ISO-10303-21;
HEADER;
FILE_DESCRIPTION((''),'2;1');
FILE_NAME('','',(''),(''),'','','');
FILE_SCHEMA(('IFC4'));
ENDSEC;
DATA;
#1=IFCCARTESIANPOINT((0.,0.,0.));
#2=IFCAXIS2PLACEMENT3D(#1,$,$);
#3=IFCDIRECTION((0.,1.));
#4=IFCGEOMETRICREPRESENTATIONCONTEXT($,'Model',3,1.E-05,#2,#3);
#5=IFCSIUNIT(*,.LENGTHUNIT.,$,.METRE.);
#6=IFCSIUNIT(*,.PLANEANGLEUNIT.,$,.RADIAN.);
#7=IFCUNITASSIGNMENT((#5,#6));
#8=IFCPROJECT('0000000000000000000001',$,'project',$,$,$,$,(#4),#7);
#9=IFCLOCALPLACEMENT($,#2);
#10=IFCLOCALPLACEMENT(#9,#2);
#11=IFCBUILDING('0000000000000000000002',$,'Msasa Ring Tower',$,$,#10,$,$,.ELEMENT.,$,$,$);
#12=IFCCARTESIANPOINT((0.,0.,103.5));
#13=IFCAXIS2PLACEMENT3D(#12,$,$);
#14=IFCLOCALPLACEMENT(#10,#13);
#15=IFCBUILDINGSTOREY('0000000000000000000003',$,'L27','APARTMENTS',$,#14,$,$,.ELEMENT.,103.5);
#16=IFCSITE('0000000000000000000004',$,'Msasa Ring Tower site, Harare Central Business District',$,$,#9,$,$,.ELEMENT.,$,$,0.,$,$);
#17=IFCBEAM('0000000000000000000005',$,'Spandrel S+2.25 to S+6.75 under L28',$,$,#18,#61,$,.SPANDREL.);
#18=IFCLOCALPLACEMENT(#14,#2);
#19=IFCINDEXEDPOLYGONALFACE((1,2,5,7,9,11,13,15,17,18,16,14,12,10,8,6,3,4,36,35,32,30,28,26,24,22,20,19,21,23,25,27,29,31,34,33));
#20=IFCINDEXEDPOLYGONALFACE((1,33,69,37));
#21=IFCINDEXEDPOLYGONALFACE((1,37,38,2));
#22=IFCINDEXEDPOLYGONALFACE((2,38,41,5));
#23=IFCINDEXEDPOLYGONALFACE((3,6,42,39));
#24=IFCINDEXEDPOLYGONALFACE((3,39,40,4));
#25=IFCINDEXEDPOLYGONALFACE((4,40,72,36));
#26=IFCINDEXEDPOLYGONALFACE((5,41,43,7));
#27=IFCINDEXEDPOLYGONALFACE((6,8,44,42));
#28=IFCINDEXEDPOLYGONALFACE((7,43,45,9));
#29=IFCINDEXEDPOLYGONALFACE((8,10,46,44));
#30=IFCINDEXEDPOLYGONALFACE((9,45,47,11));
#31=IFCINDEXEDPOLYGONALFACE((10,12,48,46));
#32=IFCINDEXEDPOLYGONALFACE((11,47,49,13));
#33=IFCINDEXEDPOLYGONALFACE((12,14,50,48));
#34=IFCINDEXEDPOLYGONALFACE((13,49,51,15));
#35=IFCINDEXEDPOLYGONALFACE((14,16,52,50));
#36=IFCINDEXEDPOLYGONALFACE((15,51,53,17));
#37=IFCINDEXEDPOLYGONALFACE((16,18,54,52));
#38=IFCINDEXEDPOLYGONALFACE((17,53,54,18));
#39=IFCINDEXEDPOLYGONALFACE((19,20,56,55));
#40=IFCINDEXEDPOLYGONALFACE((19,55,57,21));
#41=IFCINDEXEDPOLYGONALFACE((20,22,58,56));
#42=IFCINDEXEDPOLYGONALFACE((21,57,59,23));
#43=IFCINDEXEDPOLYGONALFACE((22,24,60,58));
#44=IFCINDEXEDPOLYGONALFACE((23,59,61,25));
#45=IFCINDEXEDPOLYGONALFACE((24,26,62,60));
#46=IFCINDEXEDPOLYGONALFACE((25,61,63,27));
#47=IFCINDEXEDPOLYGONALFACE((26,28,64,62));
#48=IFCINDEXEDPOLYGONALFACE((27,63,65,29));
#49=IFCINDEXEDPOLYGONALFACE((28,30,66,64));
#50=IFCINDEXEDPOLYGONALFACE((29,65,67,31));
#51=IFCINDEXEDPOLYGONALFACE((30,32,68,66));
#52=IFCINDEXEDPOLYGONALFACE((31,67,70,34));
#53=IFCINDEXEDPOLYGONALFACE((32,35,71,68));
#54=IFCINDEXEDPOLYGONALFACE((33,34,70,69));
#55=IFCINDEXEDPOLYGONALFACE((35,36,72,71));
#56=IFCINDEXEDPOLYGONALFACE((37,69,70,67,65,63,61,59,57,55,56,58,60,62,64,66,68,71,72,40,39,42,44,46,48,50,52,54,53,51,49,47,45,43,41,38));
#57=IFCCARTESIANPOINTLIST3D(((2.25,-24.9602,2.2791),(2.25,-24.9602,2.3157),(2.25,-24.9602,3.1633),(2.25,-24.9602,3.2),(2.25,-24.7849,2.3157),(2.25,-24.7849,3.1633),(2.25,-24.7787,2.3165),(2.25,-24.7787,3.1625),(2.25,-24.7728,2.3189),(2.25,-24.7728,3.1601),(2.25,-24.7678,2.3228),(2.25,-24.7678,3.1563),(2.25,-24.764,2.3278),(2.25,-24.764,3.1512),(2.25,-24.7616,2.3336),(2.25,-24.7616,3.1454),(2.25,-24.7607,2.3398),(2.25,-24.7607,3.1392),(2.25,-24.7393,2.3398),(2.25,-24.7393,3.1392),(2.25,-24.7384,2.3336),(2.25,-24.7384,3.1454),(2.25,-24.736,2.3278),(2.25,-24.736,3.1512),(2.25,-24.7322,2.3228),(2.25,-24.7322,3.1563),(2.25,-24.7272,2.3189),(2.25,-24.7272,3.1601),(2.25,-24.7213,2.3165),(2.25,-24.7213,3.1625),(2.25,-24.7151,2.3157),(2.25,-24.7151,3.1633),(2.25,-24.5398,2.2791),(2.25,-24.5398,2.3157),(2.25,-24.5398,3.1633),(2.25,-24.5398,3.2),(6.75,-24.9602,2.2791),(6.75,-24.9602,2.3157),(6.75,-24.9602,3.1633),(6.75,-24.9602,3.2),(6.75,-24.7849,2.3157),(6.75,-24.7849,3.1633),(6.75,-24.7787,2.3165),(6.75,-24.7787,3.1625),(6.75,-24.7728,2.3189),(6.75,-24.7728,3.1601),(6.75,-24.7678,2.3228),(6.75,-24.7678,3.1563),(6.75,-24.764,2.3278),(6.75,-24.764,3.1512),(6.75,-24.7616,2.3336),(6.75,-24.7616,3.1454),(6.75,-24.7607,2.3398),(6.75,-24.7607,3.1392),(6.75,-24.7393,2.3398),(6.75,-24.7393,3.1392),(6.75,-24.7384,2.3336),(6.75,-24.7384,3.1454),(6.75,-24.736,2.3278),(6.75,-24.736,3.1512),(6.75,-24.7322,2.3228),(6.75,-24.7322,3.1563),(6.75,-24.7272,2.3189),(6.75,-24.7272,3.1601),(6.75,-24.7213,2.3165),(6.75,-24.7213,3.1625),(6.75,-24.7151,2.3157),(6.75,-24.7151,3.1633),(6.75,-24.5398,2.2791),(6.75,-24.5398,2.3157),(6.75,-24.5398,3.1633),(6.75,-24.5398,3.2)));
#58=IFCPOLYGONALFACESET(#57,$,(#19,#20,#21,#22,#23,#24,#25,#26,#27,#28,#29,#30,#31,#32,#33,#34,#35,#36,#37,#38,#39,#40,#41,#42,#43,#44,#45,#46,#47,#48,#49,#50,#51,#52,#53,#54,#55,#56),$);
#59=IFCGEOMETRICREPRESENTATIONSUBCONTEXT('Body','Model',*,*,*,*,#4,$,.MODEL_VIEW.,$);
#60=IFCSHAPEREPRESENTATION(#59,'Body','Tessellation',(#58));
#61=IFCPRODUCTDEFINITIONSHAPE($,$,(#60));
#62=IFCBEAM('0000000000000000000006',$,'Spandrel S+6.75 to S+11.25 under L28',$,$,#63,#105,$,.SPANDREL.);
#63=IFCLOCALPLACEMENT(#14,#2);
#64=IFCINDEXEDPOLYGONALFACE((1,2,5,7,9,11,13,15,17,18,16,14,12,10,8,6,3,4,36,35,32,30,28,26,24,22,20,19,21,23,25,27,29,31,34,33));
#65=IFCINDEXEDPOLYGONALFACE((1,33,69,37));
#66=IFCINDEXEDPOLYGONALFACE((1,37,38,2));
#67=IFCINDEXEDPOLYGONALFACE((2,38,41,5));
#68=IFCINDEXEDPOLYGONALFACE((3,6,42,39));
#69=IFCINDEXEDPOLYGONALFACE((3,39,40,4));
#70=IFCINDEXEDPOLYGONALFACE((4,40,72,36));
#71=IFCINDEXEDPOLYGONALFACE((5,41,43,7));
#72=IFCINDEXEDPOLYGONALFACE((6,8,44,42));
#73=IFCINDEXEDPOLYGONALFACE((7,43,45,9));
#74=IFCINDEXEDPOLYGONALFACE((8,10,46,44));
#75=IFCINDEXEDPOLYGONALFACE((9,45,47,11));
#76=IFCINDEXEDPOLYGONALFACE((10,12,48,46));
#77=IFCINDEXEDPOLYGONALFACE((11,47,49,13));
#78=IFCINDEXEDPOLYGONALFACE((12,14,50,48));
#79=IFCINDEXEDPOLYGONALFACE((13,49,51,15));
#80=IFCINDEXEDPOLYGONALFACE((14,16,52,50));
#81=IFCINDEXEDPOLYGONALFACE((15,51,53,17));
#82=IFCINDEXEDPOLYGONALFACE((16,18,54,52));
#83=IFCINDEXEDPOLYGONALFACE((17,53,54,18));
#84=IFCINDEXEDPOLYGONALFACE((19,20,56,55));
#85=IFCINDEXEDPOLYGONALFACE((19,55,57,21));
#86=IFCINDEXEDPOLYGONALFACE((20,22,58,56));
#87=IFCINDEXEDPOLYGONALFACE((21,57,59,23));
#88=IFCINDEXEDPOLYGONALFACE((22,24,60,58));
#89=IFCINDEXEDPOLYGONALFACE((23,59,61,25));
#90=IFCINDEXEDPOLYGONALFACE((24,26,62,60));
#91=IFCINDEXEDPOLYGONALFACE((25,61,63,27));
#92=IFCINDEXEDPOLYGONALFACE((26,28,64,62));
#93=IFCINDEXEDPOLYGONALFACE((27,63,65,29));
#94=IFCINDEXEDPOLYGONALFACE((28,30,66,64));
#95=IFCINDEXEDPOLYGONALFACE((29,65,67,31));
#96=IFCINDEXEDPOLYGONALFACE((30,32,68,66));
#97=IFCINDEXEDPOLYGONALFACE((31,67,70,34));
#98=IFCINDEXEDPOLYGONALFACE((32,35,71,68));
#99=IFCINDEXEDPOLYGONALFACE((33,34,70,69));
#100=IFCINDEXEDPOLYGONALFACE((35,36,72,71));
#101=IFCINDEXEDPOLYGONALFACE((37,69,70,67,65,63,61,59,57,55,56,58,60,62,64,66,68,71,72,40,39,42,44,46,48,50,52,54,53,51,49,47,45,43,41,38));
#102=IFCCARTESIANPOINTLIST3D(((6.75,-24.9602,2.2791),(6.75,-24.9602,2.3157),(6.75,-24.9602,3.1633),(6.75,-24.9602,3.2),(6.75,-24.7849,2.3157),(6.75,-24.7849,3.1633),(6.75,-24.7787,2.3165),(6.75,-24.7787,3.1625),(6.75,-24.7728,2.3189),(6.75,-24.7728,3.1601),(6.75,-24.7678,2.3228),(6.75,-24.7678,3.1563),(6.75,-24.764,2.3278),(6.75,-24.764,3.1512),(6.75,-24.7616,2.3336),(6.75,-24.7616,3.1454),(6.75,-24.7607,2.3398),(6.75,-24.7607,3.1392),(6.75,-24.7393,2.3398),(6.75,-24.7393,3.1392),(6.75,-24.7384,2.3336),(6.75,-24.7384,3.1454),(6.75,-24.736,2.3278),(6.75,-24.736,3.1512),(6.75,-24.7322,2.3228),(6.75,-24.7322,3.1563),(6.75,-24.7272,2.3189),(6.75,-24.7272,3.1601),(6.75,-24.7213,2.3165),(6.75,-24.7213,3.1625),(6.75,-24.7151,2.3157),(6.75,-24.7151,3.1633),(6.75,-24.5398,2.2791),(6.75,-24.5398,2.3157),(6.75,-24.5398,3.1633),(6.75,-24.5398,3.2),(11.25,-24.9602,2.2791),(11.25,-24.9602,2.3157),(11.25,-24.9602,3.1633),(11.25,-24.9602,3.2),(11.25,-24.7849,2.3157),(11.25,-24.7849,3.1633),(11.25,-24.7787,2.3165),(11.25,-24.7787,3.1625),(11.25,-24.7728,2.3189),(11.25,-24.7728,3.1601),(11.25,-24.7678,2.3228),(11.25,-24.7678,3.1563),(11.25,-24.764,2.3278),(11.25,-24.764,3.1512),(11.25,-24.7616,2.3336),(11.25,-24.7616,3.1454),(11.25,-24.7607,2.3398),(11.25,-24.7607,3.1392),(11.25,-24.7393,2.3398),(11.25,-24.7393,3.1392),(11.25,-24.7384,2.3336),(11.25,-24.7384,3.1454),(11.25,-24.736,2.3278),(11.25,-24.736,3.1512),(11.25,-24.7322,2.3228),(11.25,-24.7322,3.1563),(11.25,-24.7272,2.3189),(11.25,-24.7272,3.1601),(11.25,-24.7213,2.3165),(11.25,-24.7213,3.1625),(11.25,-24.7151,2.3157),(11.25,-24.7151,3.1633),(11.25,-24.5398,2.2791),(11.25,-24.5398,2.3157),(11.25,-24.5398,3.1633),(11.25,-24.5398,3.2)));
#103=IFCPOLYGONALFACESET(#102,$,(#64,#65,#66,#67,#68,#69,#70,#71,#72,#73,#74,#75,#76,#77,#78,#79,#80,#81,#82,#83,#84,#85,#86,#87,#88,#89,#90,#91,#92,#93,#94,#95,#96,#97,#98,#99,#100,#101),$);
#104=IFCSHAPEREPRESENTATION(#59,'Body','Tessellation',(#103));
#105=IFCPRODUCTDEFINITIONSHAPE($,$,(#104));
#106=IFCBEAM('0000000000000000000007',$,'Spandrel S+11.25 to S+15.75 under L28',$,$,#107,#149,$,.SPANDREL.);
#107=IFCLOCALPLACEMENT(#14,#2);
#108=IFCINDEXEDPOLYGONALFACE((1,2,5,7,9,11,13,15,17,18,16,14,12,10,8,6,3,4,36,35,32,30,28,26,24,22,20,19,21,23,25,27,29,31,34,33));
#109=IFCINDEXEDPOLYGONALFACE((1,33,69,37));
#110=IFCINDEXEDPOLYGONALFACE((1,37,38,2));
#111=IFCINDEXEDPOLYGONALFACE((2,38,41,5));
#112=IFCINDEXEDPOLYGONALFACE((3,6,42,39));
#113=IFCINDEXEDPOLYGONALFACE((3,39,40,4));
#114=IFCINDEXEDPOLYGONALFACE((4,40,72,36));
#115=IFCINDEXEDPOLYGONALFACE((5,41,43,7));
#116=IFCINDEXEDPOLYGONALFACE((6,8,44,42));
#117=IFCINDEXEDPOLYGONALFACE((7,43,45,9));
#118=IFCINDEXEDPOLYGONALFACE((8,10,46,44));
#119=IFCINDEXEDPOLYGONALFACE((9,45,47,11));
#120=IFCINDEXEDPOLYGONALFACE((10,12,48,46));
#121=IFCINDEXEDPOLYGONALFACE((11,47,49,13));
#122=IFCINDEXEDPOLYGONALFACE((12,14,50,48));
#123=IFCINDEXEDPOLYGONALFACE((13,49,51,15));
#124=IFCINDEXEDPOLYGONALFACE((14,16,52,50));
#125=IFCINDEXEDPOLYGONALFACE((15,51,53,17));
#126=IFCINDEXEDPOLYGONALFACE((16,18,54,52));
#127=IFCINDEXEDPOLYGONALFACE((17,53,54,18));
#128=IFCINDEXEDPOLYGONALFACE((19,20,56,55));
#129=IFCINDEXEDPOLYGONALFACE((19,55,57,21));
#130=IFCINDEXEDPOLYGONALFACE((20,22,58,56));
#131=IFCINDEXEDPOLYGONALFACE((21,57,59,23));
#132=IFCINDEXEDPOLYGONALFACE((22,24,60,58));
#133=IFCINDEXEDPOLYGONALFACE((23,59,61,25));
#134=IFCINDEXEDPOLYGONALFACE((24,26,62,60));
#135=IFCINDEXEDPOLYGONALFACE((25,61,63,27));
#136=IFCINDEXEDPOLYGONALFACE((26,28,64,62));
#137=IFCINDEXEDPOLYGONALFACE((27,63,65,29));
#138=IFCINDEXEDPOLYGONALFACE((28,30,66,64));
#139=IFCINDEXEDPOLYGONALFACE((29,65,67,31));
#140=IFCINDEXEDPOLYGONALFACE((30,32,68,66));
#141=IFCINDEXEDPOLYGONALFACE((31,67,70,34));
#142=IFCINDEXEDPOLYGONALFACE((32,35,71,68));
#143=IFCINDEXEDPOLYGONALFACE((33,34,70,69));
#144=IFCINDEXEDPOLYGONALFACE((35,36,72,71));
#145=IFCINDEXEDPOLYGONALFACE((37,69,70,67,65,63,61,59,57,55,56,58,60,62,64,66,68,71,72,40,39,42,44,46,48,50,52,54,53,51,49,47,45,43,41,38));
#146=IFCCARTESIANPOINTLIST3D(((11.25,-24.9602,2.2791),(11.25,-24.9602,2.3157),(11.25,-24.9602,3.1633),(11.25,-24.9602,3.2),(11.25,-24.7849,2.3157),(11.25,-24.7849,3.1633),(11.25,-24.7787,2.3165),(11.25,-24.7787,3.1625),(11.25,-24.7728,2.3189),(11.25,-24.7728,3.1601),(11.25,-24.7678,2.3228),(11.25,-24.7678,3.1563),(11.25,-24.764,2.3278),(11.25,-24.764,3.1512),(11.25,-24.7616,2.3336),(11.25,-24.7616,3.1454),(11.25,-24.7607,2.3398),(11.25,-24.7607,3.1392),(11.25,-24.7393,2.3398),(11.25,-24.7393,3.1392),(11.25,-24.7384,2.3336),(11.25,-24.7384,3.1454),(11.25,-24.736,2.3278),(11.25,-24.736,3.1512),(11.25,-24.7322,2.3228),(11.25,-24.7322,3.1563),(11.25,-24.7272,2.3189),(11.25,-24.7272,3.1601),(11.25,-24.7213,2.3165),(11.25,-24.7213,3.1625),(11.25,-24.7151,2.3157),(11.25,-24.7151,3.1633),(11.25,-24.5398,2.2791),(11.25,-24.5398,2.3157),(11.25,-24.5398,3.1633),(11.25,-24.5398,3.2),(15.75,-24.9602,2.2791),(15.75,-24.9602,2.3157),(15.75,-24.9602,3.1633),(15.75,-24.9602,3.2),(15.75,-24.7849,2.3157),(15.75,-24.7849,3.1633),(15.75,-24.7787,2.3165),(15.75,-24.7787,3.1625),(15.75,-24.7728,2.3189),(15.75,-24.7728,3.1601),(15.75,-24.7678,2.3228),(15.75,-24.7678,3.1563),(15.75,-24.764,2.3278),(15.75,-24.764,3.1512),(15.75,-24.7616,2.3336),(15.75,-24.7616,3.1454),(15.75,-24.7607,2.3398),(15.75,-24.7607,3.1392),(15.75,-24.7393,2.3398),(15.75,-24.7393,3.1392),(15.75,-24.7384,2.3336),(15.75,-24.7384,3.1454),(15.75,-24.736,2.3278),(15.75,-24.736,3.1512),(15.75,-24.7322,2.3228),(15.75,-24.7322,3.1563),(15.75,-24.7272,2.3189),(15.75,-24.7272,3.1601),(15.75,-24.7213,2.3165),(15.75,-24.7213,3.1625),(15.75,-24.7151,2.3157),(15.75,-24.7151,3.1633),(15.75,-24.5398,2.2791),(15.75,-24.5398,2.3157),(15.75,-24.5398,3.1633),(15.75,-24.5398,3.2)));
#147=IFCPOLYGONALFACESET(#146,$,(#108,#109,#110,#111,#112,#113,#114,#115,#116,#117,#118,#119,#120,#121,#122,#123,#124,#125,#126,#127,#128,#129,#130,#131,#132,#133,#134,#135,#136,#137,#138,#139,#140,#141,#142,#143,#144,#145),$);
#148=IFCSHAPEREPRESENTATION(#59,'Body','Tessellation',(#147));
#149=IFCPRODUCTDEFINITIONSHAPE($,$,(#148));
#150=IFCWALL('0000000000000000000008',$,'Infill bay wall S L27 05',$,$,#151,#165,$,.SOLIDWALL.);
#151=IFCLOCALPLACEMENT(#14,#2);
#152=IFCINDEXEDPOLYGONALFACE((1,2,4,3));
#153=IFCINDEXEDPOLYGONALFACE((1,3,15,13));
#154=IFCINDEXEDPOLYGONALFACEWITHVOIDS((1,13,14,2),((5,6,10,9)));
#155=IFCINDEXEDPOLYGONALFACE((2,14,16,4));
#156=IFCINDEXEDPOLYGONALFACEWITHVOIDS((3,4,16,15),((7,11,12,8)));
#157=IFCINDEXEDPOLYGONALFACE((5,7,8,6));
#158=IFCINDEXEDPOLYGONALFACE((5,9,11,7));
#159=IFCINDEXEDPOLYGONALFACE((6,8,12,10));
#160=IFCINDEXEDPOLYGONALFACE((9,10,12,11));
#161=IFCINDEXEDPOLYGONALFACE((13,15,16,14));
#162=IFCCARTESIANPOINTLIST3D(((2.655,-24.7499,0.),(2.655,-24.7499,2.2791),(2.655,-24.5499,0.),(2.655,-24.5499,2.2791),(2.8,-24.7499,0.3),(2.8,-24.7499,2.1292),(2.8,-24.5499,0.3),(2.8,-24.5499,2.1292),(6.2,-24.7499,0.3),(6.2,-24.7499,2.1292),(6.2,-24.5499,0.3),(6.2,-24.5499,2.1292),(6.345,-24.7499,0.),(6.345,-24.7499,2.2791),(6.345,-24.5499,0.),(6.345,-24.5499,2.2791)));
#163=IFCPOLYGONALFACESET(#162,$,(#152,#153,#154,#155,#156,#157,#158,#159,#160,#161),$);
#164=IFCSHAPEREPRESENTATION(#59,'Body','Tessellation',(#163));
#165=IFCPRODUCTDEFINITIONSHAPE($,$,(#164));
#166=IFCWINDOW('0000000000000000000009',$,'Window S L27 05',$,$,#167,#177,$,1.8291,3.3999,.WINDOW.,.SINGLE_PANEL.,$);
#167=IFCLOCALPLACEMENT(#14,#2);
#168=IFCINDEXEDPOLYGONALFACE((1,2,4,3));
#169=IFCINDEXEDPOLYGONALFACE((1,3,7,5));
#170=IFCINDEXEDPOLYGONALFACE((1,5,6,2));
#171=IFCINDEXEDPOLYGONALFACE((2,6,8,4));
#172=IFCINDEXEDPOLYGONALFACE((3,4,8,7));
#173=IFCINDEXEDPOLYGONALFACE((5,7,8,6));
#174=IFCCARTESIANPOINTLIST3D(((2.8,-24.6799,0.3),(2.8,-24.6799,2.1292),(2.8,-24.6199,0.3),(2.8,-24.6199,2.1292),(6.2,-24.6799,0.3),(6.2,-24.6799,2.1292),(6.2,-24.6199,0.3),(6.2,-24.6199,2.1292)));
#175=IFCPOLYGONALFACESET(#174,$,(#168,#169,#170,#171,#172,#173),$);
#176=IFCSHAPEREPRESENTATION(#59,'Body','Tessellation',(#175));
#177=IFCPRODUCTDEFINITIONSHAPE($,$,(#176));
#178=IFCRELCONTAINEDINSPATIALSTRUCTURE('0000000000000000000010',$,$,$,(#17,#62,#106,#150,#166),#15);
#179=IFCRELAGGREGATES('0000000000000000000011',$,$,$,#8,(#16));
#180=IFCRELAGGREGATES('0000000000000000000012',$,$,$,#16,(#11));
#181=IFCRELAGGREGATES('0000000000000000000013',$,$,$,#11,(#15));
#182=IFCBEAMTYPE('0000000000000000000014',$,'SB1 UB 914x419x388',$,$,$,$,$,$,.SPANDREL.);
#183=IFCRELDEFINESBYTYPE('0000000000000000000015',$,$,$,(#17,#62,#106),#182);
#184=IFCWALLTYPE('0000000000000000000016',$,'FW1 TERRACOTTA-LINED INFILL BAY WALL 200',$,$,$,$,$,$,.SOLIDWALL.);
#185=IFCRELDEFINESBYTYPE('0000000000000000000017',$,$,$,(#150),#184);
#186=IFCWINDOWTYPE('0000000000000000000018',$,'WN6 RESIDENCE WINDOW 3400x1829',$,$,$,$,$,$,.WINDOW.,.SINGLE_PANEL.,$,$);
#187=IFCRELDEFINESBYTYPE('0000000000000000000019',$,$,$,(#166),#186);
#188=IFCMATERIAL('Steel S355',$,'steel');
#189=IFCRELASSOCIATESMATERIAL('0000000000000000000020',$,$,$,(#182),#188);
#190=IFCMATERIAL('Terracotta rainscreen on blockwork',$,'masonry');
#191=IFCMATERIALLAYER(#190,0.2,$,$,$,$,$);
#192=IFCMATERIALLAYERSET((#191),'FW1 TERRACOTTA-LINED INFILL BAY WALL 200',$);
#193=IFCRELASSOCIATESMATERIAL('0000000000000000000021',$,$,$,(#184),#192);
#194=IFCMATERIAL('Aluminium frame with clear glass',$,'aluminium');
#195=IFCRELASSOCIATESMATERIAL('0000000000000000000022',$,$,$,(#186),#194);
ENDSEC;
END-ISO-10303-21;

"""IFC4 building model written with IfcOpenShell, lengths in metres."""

from ifc_helpers import new_model, si_unit, direction, frame, frame_2d, origin, origin_2d, place, context, subcontext, project, spatial, rectangle, i_section, extrude, material, layer, layer_set, material_profile, profile_set, type_object, element, fill, save


model = new_model("IFC4")

# Units and contexts
model_context = context("Model", 3, precision=1e-05, world=origin(), true_north=direction((0.0, 1.0)))
body_context = subcontext(model_context, "Body", "Model", "MODEL_VIEW")
ifc_project = project(units=[si_unit("LENGTHUNIT", "METRE"), si_unit("PLANEANGLEUNIT", "RADIAN")], contexts=[model_context])

# Site, building, storey
site_placement = place(None, origin())
site = spatial("IfcSite", under=ifc_project, at=site_placement, Name="Msasa Ring Tower site, Harare Central Business District", CompositionType="ELEMENT", RefElevation=0.0)
building_placement = place(site_placement, origin())
building = spatial("IfcBuilding", under=site, at=building_placement, Name="Msasa Ring Tower", CompositionType="ELEMENT")
storey_placement = place(building_placement, frame((0.0, 0.0, 103.5)))
storey = spatial("IfcBuildingStorey", under=building, at=storey_placement, Name="L27", Description="APARTMENTS", CompositionType="ELEMENT", Elevation=103.5)

# Beams
ifc_material_1 = material(Name="Steel S355", Category="steel")
ifc_material_profile_1 = material_profile(ifc_material_1, i_section(OverallWidth=0.4204, OverallDepth=0.9209, WebThickness=0.0215, FlangeThickness=0.0366, FilletRadius=0.0242, at=origin_2d()), Name="UB 914x419x388")
ifc_profile_set_1 = profile_set([ifc_material_profile_1], Name="Steel S355")
beam_type_1 = type_object("IfcBeamType", Name="SB1 UB 914x419x388", PredefinedType="SPANDREL", material=ifc_profile_set_1)
for number, where, z_axis, x_axis, name in (
    (1, (2.25, -24.75, 2.7395), (1.0, 0.0, 0.0), (0.0, 1.0, 0.0), "Spandrel S+2.25 to S+6.75 under L28"),
    (2, (6.75, -24.75, 2.7395), (1.0, 0.0, 0.0), (0.0, 1.0, 0.0), "Spandrel S+6.75 to S+11.25 under L28"),
    (3, (11.25, -24.75, 2.7395), (1.0, 0.0, 0.0), (0.0, 1.0, 0.0), "Spandrel S+11.25 to S+15.75 under L28"),
):
    element("IfcBeam", number, at=place(storey_placement, frame(where, z_axis=z_axis, x_axis=x_axis)), inside=storey, type_object=beam_type_1, Name=name, PredefinedType="SPANDREL", context=body_context, shape_type="SweptSolid", body=[
        extrude(i_section(OverallWidth=0.4204, OverallDepth=0.9209, WebThickness=0.0215, FlangeThickness=0.0366, FilletRadius=0.0242, at=origin_2d()), origin(), (0.0, 0.0, 1.0), 4.5),
    ])

# Wall, opening, window
ifc_material_2 = material(Name="Terracotta rainscreen on blockwork", Category="masonry")
ifc_layer_1 = layer(ifc_material_2, 0.2)
ifc_layer_set_1 = layer_set([ifc_layer_1], Name="FW1 TERRACOTTA-LINED INFILL BAY WALL 200")
wall_type_1 = type_object("IfcWallType", Name="FW1 TERRACOTTA-LINED INFILL BAY WALL 200", PredefinedType="SOLIDWALL", material=ifc_layer_set_1)
wall_1_placement = place(storey_placement, frame((2.655, -24.6499, 0.0), z_axis=(0.0, 0.0, 1.0), x_axis=(1.0, 0.0, 0.0)))
wall_1 = element("IfcWall", 4, at=wall_1_placement, inside=storey, type_object=wall_type_1, Name="Infill bay wall S L27 05", PredefinedType="SOLIDWALL", context=body_context, shape_type="SweptSolid", body=[
    extrude(rectangle(XDim=3.6899, YDim=0.2, at=frame_2d((1.845, 0.0))), origin(), (0.0, 0.0, 1.0), 2.2791),
])
opening_1_placement = place(wall_1_placement, frame((0.145, 0.0, 0.3)))
opening_1 = element("IfcOpeningElement", 5, at=opening_1_placement, cuts=wall_1, PredefinedType="OPENING", context=body_context, shape_type="SweptSolid", body=[
    extrude(rectangle(XDim=3.3999, YDim=1.8291, at=frame_2d((1.7, 0.9146))), frame((0.0, 0.1099, 0.0), z_axis=(0.0, -1.0, 0.0), x_axis=(1.0, 0.0, 0.0)), (0.0, 0.0, 1.0), 0.22),
])
ifc_material_3 = material(Name="Aluminium frame with clear glass", Category="aluminium")
window_type = type_object("IfcWindowType", Name="WN6 RESIDENCE WINDOW 3400x1829", PartitioningType="SINGLE_PANEL", PredefinedType="WINDOW", material=ifc_material_3)
window_1_placement = place(opening_1_placement, origin())
window_1 = element("IfcWindow", 6, at=window_1_placement, inside=storey, type_object=window_type, Name="Window S L27 05", OverallHeight=1.8291, OverallWidth=3.3999, PartitioningType="SINGLE_PANEL", PredefinedType="WINDOW", context=body_context, shape_type="SweptSolid", body=[
    extrude(rectangle(XDim=3.3999, YDim=1.8291, at=frame_2d((1.7, 0.9146))), frame((0.0, 0.03, 0.0), z_axis=(0.0, -1.0, 0.0), x_axis=(1.0, 0.0, 0.0)), (0.0, 0.0, 1.0), 0.0601),
])
fill(opening_1, window_1)

save(model, "model.ifc")
